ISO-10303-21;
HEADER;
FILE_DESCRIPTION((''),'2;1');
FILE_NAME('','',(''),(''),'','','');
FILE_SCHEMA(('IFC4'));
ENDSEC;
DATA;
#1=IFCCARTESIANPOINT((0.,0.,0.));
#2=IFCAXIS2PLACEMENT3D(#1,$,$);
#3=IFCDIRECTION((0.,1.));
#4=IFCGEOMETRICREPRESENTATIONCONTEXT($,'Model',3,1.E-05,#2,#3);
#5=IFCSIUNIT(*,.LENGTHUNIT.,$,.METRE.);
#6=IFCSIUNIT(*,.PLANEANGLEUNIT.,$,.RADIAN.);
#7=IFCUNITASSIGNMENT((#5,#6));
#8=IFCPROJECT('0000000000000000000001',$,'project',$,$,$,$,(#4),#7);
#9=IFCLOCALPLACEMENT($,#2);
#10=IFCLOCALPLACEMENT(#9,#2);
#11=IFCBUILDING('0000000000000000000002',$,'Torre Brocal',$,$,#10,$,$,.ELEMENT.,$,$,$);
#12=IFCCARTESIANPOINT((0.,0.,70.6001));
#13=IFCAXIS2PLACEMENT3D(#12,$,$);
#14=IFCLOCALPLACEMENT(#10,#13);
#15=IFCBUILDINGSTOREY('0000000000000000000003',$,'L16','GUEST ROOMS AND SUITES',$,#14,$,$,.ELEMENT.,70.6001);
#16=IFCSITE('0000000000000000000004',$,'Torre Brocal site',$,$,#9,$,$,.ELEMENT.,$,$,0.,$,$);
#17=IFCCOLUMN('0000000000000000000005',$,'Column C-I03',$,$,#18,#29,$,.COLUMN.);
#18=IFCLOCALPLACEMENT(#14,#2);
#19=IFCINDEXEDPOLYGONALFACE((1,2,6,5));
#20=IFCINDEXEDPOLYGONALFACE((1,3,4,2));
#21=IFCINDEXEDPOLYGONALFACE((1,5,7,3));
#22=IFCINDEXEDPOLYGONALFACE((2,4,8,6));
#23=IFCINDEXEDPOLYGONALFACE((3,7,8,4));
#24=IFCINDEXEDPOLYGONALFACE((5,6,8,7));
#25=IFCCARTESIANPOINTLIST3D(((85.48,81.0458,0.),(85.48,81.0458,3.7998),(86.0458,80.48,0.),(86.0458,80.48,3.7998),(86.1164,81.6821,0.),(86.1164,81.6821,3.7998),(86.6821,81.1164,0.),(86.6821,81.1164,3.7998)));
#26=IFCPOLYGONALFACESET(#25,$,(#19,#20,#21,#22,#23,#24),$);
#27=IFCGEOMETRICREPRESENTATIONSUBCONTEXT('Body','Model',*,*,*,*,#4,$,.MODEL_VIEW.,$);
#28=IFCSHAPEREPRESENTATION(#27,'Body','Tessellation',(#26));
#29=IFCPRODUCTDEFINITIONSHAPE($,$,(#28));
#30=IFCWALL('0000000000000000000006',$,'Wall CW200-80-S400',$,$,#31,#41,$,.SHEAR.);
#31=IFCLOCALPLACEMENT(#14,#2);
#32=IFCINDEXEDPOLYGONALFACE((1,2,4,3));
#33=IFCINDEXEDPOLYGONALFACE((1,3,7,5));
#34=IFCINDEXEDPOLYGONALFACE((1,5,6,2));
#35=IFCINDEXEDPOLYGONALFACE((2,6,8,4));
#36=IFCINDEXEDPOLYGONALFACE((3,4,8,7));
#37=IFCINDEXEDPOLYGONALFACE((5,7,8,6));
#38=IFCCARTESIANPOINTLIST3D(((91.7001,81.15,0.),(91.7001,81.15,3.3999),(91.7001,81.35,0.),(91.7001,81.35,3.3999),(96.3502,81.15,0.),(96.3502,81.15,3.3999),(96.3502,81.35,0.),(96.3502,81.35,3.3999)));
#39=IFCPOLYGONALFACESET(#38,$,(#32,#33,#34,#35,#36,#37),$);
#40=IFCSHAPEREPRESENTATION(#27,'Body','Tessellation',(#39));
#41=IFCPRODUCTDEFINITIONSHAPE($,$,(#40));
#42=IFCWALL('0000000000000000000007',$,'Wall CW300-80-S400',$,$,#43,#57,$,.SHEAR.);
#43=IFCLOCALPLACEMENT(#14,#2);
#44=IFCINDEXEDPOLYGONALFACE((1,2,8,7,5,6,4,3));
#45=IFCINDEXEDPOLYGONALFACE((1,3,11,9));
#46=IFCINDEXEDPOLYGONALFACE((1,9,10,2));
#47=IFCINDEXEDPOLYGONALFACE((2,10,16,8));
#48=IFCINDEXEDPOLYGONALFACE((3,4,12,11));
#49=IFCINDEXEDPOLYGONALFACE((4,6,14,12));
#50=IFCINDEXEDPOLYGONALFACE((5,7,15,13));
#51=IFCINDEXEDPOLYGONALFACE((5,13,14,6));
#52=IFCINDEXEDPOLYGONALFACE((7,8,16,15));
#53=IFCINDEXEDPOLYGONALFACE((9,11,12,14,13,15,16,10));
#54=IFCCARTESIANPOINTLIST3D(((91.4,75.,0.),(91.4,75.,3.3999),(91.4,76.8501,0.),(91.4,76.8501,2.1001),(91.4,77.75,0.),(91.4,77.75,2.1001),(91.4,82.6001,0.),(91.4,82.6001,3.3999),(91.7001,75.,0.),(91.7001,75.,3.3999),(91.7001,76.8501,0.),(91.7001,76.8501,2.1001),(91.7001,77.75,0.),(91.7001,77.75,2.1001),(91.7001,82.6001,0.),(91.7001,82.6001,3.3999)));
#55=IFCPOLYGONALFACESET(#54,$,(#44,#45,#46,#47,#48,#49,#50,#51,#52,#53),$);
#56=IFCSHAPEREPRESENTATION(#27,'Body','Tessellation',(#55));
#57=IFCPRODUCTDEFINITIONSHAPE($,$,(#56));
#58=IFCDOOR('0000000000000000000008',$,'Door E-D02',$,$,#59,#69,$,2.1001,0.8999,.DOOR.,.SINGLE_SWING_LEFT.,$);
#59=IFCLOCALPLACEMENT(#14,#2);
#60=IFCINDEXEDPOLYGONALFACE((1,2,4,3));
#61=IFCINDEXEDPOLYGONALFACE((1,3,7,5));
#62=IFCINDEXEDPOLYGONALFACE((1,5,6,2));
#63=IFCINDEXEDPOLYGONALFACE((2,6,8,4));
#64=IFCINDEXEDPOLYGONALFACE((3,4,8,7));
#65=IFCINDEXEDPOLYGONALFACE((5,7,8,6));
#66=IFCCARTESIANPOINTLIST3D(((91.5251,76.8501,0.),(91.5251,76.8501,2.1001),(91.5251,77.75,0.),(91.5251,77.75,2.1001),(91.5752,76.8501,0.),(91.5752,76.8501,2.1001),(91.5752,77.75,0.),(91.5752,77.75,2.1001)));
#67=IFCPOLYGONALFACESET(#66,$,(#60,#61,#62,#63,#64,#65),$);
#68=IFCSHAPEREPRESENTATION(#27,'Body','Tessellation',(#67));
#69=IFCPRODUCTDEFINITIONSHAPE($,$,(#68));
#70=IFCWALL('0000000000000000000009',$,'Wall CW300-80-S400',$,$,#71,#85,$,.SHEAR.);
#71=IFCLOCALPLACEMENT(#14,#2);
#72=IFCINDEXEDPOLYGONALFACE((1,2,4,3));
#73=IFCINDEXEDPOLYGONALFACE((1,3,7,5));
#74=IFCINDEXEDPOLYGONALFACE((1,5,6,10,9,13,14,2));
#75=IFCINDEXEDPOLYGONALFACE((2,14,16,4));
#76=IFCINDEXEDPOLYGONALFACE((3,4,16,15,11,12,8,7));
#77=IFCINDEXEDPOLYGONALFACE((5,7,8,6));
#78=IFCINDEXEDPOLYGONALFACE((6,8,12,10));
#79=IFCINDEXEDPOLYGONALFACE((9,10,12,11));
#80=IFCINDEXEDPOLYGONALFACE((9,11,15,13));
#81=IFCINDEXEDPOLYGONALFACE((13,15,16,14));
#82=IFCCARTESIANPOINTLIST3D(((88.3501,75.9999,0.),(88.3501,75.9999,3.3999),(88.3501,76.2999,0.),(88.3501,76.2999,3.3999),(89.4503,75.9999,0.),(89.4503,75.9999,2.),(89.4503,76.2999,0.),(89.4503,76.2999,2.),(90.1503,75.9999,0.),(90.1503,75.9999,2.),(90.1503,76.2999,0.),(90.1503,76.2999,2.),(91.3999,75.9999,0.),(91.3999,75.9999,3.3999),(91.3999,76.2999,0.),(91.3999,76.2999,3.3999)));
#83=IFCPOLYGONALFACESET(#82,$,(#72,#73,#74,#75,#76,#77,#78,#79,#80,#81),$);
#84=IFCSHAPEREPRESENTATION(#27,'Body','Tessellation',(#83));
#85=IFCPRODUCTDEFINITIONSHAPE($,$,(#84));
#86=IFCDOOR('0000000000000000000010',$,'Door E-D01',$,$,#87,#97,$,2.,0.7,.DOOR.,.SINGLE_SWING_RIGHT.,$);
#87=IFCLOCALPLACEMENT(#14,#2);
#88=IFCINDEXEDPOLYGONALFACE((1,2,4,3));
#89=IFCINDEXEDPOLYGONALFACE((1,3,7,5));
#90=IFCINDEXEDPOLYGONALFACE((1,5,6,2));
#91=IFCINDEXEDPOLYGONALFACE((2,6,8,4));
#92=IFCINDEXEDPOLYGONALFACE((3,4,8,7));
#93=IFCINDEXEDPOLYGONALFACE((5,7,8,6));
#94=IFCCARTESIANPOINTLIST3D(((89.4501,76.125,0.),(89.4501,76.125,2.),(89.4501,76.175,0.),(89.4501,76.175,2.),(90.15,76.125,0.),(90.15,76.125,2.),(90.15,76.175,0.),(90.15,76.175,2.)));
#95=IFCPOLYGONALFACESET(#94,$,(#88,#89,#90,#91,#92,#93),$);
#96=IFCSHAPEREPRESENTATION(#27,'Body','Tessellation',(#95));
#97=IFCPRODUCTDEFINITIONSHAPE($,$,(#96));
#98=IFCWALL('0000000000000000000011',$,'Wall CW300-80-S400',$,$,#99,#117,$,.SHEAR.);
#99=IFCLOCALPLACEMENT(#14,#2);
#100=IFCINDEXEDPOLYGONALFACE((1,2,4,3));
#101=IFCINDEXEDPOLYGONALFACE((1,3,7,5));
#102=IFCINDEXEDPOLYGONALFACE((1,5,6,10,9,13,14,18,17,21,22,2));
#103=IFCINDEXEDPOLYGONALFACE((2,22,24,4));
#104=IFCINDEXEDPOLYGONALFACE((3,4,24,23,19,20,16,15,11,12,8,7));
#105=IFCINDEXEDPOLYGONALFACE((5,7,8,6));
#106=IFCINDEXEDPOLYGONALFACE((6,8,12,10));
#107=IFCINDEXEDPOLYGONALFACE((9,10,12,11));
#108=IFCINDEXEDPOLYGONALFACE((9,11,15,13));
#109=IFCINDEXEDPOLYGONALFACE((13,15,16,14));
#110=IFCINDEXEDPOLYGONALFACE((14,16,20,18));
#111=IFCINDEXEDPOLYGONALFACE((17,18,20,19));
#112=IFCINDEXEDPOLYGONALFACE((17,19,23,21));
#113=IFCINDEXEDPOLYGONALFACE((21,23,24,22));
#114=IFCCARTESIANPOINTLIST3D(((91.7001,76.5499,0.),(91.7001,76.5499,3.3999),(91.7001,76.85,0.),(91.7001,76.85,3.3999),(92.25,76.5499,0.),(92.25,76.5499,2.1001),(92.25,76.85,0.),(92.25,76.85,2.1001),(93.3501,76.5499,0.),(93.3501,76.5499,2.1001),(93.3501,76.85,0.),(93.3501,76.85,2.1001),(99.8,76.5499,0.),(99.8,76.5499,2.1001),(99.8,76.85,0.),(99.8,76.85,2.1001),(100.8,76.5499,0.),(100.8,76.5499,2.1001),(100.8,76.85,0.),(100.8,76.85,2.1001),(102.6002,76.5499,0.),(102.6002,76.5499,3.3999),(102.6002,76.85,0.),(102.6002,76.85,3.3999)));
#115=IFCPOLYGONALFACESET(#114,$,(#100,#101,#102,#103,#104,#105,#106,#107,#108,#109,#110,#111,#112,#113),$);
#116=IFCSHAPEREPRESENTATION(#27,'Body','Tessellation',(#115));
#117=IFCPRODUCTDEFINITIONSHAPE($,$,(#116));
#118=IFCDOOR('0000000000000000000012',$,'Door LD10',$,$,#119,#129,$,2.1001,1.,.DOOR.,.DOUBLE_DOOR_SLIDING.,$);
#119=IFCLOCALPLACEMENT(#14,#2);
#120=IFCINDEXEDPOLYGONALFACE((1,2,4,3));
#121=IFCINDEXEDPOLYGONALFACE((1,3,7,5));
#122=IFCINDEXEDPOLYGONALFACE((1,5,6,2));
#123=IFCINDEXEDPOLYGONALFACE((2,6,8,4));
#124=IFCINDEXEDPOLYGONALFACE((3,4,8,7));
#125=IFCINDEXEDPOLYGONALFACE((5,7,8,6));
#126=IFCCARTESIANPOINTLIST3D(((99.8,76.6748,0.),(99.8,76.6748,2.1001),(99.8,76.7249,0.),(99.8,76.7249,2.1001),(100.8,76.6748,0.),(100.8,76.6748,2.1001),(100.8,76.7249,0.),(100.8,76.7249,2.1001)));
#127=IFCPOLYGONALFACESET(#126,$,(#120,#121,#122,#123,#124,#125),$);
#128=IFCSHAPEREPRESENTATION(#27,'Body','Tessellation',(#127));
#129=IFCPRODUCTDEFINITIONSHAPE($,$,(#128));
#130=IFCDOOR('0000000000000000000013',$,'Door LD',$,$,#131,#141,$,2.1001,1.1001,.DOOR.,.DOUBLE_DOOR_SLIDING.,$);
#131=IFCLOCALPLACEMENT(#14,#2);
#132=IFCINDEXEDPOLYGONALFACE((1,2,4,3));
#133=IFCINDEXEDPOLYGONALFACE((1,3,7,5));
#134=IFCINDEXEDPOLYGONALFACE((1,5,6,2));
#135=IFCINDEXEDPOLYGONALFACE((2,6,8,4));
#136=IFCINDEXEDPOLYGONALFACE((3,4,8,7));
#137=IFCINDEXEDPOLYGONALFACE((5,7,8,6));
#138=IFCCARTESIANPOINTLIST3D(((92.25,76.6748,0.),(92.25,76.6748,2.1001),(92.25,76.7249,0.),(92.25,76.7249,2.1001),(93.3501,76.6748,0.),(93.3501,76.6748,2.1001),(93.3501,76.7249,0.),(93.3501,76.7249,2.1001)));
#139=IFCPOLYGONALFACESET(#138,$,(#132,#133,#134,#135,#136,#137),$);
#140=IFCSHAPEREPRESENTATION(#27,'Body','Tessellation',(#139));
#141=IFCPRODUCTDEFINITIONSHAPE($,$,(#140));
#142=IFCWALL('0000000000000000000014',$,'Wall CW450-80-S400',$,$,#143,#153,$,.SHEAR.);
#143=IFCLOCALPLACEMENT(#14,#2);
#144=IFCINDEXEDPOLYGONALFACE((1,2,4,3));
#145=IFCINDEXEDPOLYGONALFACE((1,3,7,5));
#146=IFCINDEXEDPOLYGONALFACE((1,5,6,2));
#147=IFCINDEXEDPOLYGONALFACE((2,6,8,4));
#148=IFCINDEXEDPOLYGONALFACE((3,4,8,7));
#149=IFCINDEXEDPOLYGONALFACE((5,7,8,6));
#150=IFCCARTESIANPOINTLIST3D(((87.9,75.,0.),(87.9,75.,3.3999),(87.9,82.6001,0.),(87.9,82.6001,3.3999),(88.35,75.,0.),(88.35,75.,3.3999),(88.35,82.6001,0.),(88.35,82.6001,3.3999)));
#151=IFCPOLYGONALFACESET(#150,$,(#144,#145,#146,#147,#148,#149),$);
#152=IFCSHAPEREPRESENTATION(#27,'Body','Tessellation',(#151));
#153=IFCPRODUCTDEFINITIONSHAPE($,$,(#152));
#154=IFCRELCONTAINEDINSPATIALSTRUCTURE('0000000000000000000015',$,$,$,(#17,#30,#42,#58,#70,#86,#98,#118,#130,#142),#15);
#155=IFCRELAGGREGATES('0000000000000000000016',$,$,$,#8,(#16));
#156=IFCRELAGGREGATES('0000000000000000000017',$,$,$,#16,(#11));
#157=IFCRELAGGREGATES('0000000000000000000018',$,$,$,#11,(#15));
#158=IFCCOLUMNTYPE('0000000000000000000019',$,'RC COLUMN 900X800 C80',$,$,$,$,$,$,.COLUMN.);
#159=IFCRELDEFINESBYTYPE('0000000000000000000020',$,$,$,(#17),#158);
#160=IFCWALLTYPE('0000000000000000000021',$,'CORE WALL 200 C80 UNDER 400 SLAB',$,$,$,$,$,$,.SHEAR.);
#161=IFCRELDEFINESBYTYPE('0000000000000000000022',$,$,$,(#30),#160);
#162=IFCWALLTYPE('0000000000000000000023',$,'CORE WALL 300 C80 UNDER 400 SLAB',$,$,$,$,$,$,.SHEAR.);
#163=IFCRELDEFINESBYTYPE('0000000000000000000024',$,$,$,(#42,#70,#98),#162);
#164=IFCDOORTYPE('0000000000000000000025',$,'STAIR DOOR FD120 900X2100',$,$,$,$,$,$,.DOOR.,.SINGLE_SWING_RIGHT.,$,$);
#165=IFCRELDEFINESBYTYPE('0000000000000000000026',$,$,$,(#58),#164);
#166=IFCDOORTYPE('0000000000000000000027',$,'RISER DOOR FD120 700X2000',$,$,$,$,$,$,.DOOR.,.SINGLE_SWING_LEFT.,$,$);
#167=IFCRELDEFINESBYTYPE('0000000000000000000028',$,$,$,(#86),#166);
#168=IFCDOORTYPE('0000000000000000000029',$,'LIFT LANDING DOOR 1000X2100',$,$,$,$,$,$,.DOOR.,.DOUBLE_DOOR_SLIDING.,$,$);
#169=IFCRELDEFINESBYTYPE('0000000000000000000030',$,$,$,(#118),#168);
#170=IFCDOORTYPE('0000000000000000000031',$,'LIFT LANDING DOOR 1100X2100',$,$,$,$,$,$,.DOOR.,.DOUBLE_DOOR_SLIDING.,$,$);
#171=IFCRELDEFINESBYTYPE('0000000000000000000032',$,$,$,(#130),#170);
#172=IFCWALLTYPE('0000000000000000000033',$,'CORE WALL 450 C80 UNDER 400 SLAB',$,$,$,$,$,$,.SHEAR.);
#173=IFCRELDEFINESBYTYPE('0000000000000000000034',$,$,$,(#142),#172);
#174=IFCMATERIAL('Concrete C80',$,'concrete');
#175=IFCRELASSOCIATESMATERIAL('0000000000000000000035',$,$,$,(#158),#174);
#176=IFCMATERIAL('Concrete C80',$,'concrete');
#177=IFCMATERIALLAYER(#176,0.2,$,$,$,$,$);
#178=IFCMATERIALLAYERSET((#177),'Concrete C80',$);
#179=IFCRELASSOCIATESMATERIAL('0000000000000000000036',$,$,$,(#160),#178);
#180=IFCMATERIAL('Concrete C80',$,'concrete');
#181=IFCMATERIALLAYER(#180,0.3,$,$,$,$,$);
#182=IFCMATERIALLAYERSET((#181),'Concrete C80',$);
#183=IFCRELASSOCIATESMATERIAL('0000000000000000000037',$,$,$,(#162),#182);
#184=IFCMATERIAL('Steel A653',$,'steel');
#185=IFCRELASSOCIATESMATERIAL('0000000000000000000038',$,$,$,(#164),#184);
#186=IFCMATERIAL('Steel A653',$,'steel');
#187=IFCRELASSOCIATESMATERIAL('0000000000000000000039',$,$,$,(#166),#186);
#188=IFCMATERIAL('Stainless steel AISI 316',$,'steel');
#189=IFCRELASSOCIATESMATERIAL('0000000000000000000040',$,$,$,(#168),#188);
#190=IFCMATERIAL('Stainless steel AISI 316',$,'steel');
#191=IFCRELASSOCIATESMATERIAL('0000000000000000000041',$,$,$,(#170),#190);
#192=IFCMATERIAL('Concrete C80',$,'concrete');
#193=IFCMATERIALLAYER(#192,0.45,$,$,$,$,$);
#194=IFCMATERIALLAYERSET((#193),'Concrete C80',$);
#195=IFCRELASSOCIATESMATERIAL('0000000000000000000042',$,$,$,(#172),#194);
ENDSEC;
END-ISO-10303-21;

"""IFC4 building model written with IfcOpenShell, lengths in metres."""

from ifc_helpers import new_model, si_unit, direction, frame, frame_2d, origin, origin_2d, place, context, subcontext, project, spatial, rectangle, extrude, material, layer, layer_set, material_profile, profile_set, type_object, element, fill, save


model = new_model("IFC4")

# Units and contexts
model_context = context("Model", 3, precision=1e-05, world=origin(), true_north=direction((0.0, 1.0)))
body_context = subcontext(model_context, "Body", "Model", "MODEL_VIEW")
ifc_project = project(units=[si_unit("LENGTHUNIT", "METRE"), si_unit("PLANEANGLEUNIT", "RADIAN")], contexts=[model_context])

# Site, building, storey
site_placement = place(None, origin())
site = spatial("IfcSite", under=ifc_project, at=site_placement, Name="Torre Brocal site", CompositionType="ELEMENT", RefElevation=0.0)
building_placement = place(site_placement, origin())
building = spatial("IfcBuilding", under=site, at=building_placement, Name="Torre Brocal", CompositionType="ELEMENT")
storey_placement = place(building_placement, frame((0.0, 0.0, 70.6001)))
storey = spatial("IfcBuildingStorey", under=building, at=storey_placement, Name="L16", Description="GUEST ROOMS AND SUITES", CompositionType="ELEMENT", Elevation=70.6001)

# Column
ifc_material_1 = material(Name="Concrete C80", Category="concrete")
ifc_material_profile = material_profile(ifc_material_1, rectangle(XDim=0.8999, YDim=0.8, at=origin_2d()), Name="RC 900X800")
ifc_profile_set = profile_set([ifc_material_profile], Name="Concrete C80")
column_type = type_object("IfcColumnType", Name="RC COLUMN 900X800 C80", PredefinedType="COLUMN", material=ifc_profile_set)
column_placement = place(storey_placement, frame((86.0811, 81.0811, 0.0), z_axis=(0.0, 0.0, 1.0), x_axis=(0.707107, 0.707107, 0.0)))
element("IfcColumn", 1, at=column_placement, inside=storey, type_object=column_type, Name="Column C-I03", PredefinedType="COLUMN", context=body_context, shape_type="SweptSolid", body=[
    extrude(rectangle(XDim=0.8999, YDim=0.8, at=origin_2d()), origin(), (0.0, 0.0, 1.0), 3.7998),
])

# Wall
ifc_material_2 = material(Name="Concrete C80", Category="concrete")
ifc_layer_1 = layer(ifc_material_2, 0.2)
ifc_layer_set_1 = layer_set([ifc_layer_1], Name="Concrete C80")
wall_type_1 = type_object("IfcWallType", Name="CORE WALL 200 C80 UNDER 400 SLAB", PredefinedType="SHEAR", material=ifc_layer_set_1)
wall_1_placement = place(storey_placement, frame((91.7, 81.25, 0.0), z_axis=(0.0, 0.0, 1.0), x_axis=(1.0, 0.0, 0.0)))
element("IfcWall", 2, at=wall_1_placement, inside=storey, type_object=wall_type_1, Name="Wall CW200-80-S400", PredefinedType="SHEAR", context=body_context, shape_type="SweptSolid", body=[
    extrude(rectangle(XDim=4.6501, YDim=0.2, at=frame_2d((2.3252, 0.0))), origin(), (0.0, 0.0, 1.0), 3.3999),
])

# Walls, openings, doors
ifc_material_3 = material(Name="Concrete C80", Category="concrete")
ifc_layer_2 = layer(ifc_material_3, 0.3)
ifc_layer_set_2 = layer_set([ifc_layer_2], Name="Concrete C80")
wall_type_2 = type_object("IfcWallType", Name="CORE WALL 300 C80 UNDER 400 SLAB", PredefinedType="SHEAR", material=ifc_layer_set_2)
wall_2_placement = place(storey_placement, frame((91.55, 75.0, 0.0), z_axis=(0.0, 0.0, 1.0), x_axis=(0.0, 1.0, 0.0)))
wall_2 = element("IfcWall", 3, at=wall_2_placement, inside=storey, type_object=wall_type_2, Name="Wall CW300-80-S400", PredefinedType="SHEAR", context=body_context, shape_type="SweptSolid", body=[
    extrude(rectangle(XDim=7.6001, YDim=0.3, at=frame_2d((3.8, 0.0))), origin(), (0.0, 0.0, 1.0), 3.3999),
])
opening_1_placement = place(wall_2_placement, frame((1.8501, 0.0, 0.0)))
opening_1 = element("IfcOpeningElement", 4, at=opening_1_placement, cuts=wall_2, PredefinedType="OPENING", context=body_context, shape_type="SweptSolid", body=[
    extrude(rectangle(XDim=0.8999, YDim=2.1001, at=frame_2d((0.45, 1.05))), frame((0.0, 0.1599, 0.0), z_axis=(0.0, -1.0, 0.0), x_axis=(1.0, 0.0, 0.0)), (0.0, 0.0, 1.0), 0.3201),
])
ifc_material_4 = material(Name="Steel A653", Category="steel")
door_type_1 = type_object("IfcDoorType", Name="STAIR DOOR FD120 900X2100", OperationType="SINGLE_SWING_RIGHT", PredefinedType="DOOR", material=ifc_material_4)
door_1_placement = place(opening_1_placement, origin())
door_1 = element("IfcDoor", 5, at=door_1_placement, inside=storey, type_object=door_type_1, Name="Door E-D02", OperationType="SINGLE_SWING_LEFT", OverallHeight=2.1001, OverallWidth=0.8999, PredefinedType="DOOR", context=body_context, shape_type="SweptSolid", body=[
    extrude(rectangle(XDim=0.8999, YDim=2.1001, at=frame_2d((0.45, 1.05))), frame((0.0, 0.0249, 0.0), z_axis=(0.0, -1.0, 0.0), x_axis=(1.0, 0.0, 0.0)), (0.0, 0.0, 1.0), 0.05),
])
fill(opening_1, door_1)
wall_3_placement = place(storey_placement, frame((88.3501, 76.1499, 0.0), z_axis=(0.0, 0.0, 1.0), x_axis=(1.0, 0.0, 0.0)))
wall_3 = element("IfcWall", 6, at=wall_3_placement, inside=storey, type_object=wall_type_2, Name="Wall CW300-80-S400", PredefinedType="SHEAR", context=body_context, shape_type="SweptSolid", body=[
    extrude(rectangle(XDim=3.0498, YDim=0.3, at=frame_2d((1.5249, 0.0))), origin(), (0.0, 0.0, 1.0), 3.3999),
])
opening_2_placement = place(wall_3_placement, frame((1.1001, 0.0, 0.0)))
opening_2 = element("IfcOpeningElement", 7, at=opening_2_placement, cuts=wall_3, PredefinedType="OPENING", context=body_context, shape_type="SweptSolid", body=[
    extrude(rectangle(XDim=0.7, YDim=2.0, at=frame_2d((0.3501, 1.0))), frame((0.0, 0.1599, 0.0), z_axis=(0.0, -1.0, 0.0), x_axis=(1.0, 0.0, 0.0)), (0.0, 0.0, 1.0), 0.3201),
])
ifc_material_5 = material(Name="Steel A653", Category="steel")
door_type_2 = type_object("IfcDoorType", Name="RISER DOOR FD120 700X2000", OperationType="SINGLE_SWING_LEFT", PredefinedType="DOOR", material=ifc_material_5)
door_2_placement = place(opening_2_placement, frame((0.7, 0.0, 0.0), z_axis=(0.0, 0.0, 1.0), x_axis=(-1.0, 0.0, 0.0)))
door_2 = element("IfcDoor", 8, at=door_2_placement, inside=storey, type_object=door_type_2, Name="Door E-D01", OperationType="SINGLE_SWING_RIGHT", OverallHeight=2.0, OverallWidth=0.7, PredefinedType="DOOR", context=body_context, shape_type="SweptSolid", body=[
    extrude(rectangle(XDim=0.7, YDim=2.0, at=frame_2d((0.3501, 1.0))), frame((0.0, 0.0249, 0.0), z_axis=(0.0, -1.0, 0.0), x_axis=(1.0, 0.0, 0.0)), (0.0, 0.0, 1.0), 0.05),
])
fill(opening_2, door_2)

# Wall, openings, doors
wall_4_placement = place(storey_placement, frame((91.7, 76.7, 0.0), z_axis=(0.0, 0.0, 1.0), x_axis=(1.0, 0.0, 0.0)))
wall_4 = element("IfcWall", 9, at=wall_4_placement, inside=storey, type_object=wall_type_2, Name="Wall CW300-80-S400", PredefinedType="SHEAR", context=body_context, shape_type="SweptSolid", body=[
    extrude(rectangle(XDim=10.9001, YDim=0.3, at=frame_2d((5.4502, 0.0))), origin(), (0.0, 0.0, 1.0), 3.3999),
])
opening_3_placement = place(wall_4_placement, frame((0.55, 0.0, 0.0)))
opening_3 = element("IfcOpeningElement", 10, at=opening_3_placement, cuts=wall_4, PredefinedType="OPENING", context=body_context, shape_type="SweptSolid", body=[
    extrude(rectangle(XDim=1.1001, YDim=2.1001, at=frame_2d((0.55, 1.05))), frame((0.0, 0.1599, 0.0), z_axis=(0.0, -1.0, 0.0), x_axis=(1.0, 0.0, 0.0)), (0.0, 0.0, 1.0), 0.3201),
])
opening_4_placement = place(wall_4_placement, frame((8.1001, 0.0, 0.0)))
opening_4 = element("IfcOpeningElement", 11, at=opening_4_placement, cuts=wall_4, PredefinedType="OPENING", context=body_context, shape_type="SweptSolid", body=[
    extrude(rectangle(XDim=1.0, YDim=2.1001, at=frame_2d((0.5, 1.05))), frame((0.0, 0.1599, 0.0), z_axis=(0.0, -1.0, 0.0), x_axis=(1.0, 0.0, 0.0)), (0.0, 0.0, 1.0), 0.3201),
])
ifc_material_6 = material(Name="Stainless steel AISI 316", Category="steel")
door_type_3 = type_object("IfcDoorType", Name="LIFT LANDING DOOR 1000X2100", OperationType="DOUBLE_DOOR_SLIDING", PredefinedType="DOOR", material=ifc_material_6)
door_3_placement = place(opening_4_placement, origin())
door_3 = element("IfcDoor", 12, at=door_3_placement, inside=storey, type_object=door_type_3, Name="Door LD10", OperationType="DOUBLE_DOOR_SLIDING", OverallHeight=2.1001, OverallWidth=1.0, PredefinedType="DOOR", context=body_context, shape_type="SweptSolid", body=[
    extrude(rectangle(XDim=1.0, YDim=2.1001, at=frame_2d((0.5, 1.05))), frame((0.0, 0.0249, 0.0), z_axis=(0.0, -1.0, 0.0), x_axis=(1.0, 0.0, 0.0)), (0.0, 0.0, 1.0), 0.05),
])
fill(opening_4, door_3)
ifc_material_7 = material(Name="Stainless steel AISI 316", Category="steel")
door_type_4 = type_object("IfcDoorType", Name="LIFT LANDING DOOR 1100X2100", OperationType="DOUBLE_DOOR_SLIDING", PredefinedType="DOOR", material=ifc_material_7)
door_4_placement = place(opening_3_placement, origin())
door_4 = element("IfcDoor", 13, at=door_4_placement, inside=storey, type_object=door_type_4, Name="Door LD", OperationType="DOUBLE_DOOR_SLIDING", OverallHeight=2.1001, OverallWidth=1.1001, PredefinedType="DOOR", context=body_context, shape_type="SweptSolid", body=[
    extrude(rectangle(XDim=1.1001, YDim=2.1001, at=frame_2d((0.55, 1.05))), frame((0.0, 0.0249, 0.0), z_axis=(0.0, -1.0, 0.0), x_axis=(1.0, 0.0, 0.0)), (0.0, 0.0, 1.0), 0.05),
])
fill(opening_3, door_4)

# Wall
ifc_material_8 = material(Name="Concrete C80", Category="concrete")
ifc_layer_3 = layer(ifc_material_8, 0.45)
ifc_layer_set_3 = layer_set([ifc_layer_3], Name="Concrete C80")
wall_type_3 = type_object("IfcWallType", Name="CORE WALL 450 C80 UNDER 400 SLAB", PredefinedType="SHEAR", material=ifc_layer_set_3)
wall_5_placement = place(storey_placement, frame((88.125, 75.0, 0.0), z_axis=(0.0, 0.0, 1.0), x_axis=(0.0, 1.0, 0.0)))
element("IfcWall", 14, at=wall_5_placement, inside=storey, type_object=wall_type_3, Name="Wall CW450-80-S400", PredefinedType="SHEAR", context=body_context, shape_type="SweptSolid", body=[
    extrude(rectangle(XDim=7.6001, YDim=0.45, at=frame_2d((3.8, 0.0))), origin(), (0.0, 0.0, 1.0), 3.3999),
])

save(model, "model.ifc")
